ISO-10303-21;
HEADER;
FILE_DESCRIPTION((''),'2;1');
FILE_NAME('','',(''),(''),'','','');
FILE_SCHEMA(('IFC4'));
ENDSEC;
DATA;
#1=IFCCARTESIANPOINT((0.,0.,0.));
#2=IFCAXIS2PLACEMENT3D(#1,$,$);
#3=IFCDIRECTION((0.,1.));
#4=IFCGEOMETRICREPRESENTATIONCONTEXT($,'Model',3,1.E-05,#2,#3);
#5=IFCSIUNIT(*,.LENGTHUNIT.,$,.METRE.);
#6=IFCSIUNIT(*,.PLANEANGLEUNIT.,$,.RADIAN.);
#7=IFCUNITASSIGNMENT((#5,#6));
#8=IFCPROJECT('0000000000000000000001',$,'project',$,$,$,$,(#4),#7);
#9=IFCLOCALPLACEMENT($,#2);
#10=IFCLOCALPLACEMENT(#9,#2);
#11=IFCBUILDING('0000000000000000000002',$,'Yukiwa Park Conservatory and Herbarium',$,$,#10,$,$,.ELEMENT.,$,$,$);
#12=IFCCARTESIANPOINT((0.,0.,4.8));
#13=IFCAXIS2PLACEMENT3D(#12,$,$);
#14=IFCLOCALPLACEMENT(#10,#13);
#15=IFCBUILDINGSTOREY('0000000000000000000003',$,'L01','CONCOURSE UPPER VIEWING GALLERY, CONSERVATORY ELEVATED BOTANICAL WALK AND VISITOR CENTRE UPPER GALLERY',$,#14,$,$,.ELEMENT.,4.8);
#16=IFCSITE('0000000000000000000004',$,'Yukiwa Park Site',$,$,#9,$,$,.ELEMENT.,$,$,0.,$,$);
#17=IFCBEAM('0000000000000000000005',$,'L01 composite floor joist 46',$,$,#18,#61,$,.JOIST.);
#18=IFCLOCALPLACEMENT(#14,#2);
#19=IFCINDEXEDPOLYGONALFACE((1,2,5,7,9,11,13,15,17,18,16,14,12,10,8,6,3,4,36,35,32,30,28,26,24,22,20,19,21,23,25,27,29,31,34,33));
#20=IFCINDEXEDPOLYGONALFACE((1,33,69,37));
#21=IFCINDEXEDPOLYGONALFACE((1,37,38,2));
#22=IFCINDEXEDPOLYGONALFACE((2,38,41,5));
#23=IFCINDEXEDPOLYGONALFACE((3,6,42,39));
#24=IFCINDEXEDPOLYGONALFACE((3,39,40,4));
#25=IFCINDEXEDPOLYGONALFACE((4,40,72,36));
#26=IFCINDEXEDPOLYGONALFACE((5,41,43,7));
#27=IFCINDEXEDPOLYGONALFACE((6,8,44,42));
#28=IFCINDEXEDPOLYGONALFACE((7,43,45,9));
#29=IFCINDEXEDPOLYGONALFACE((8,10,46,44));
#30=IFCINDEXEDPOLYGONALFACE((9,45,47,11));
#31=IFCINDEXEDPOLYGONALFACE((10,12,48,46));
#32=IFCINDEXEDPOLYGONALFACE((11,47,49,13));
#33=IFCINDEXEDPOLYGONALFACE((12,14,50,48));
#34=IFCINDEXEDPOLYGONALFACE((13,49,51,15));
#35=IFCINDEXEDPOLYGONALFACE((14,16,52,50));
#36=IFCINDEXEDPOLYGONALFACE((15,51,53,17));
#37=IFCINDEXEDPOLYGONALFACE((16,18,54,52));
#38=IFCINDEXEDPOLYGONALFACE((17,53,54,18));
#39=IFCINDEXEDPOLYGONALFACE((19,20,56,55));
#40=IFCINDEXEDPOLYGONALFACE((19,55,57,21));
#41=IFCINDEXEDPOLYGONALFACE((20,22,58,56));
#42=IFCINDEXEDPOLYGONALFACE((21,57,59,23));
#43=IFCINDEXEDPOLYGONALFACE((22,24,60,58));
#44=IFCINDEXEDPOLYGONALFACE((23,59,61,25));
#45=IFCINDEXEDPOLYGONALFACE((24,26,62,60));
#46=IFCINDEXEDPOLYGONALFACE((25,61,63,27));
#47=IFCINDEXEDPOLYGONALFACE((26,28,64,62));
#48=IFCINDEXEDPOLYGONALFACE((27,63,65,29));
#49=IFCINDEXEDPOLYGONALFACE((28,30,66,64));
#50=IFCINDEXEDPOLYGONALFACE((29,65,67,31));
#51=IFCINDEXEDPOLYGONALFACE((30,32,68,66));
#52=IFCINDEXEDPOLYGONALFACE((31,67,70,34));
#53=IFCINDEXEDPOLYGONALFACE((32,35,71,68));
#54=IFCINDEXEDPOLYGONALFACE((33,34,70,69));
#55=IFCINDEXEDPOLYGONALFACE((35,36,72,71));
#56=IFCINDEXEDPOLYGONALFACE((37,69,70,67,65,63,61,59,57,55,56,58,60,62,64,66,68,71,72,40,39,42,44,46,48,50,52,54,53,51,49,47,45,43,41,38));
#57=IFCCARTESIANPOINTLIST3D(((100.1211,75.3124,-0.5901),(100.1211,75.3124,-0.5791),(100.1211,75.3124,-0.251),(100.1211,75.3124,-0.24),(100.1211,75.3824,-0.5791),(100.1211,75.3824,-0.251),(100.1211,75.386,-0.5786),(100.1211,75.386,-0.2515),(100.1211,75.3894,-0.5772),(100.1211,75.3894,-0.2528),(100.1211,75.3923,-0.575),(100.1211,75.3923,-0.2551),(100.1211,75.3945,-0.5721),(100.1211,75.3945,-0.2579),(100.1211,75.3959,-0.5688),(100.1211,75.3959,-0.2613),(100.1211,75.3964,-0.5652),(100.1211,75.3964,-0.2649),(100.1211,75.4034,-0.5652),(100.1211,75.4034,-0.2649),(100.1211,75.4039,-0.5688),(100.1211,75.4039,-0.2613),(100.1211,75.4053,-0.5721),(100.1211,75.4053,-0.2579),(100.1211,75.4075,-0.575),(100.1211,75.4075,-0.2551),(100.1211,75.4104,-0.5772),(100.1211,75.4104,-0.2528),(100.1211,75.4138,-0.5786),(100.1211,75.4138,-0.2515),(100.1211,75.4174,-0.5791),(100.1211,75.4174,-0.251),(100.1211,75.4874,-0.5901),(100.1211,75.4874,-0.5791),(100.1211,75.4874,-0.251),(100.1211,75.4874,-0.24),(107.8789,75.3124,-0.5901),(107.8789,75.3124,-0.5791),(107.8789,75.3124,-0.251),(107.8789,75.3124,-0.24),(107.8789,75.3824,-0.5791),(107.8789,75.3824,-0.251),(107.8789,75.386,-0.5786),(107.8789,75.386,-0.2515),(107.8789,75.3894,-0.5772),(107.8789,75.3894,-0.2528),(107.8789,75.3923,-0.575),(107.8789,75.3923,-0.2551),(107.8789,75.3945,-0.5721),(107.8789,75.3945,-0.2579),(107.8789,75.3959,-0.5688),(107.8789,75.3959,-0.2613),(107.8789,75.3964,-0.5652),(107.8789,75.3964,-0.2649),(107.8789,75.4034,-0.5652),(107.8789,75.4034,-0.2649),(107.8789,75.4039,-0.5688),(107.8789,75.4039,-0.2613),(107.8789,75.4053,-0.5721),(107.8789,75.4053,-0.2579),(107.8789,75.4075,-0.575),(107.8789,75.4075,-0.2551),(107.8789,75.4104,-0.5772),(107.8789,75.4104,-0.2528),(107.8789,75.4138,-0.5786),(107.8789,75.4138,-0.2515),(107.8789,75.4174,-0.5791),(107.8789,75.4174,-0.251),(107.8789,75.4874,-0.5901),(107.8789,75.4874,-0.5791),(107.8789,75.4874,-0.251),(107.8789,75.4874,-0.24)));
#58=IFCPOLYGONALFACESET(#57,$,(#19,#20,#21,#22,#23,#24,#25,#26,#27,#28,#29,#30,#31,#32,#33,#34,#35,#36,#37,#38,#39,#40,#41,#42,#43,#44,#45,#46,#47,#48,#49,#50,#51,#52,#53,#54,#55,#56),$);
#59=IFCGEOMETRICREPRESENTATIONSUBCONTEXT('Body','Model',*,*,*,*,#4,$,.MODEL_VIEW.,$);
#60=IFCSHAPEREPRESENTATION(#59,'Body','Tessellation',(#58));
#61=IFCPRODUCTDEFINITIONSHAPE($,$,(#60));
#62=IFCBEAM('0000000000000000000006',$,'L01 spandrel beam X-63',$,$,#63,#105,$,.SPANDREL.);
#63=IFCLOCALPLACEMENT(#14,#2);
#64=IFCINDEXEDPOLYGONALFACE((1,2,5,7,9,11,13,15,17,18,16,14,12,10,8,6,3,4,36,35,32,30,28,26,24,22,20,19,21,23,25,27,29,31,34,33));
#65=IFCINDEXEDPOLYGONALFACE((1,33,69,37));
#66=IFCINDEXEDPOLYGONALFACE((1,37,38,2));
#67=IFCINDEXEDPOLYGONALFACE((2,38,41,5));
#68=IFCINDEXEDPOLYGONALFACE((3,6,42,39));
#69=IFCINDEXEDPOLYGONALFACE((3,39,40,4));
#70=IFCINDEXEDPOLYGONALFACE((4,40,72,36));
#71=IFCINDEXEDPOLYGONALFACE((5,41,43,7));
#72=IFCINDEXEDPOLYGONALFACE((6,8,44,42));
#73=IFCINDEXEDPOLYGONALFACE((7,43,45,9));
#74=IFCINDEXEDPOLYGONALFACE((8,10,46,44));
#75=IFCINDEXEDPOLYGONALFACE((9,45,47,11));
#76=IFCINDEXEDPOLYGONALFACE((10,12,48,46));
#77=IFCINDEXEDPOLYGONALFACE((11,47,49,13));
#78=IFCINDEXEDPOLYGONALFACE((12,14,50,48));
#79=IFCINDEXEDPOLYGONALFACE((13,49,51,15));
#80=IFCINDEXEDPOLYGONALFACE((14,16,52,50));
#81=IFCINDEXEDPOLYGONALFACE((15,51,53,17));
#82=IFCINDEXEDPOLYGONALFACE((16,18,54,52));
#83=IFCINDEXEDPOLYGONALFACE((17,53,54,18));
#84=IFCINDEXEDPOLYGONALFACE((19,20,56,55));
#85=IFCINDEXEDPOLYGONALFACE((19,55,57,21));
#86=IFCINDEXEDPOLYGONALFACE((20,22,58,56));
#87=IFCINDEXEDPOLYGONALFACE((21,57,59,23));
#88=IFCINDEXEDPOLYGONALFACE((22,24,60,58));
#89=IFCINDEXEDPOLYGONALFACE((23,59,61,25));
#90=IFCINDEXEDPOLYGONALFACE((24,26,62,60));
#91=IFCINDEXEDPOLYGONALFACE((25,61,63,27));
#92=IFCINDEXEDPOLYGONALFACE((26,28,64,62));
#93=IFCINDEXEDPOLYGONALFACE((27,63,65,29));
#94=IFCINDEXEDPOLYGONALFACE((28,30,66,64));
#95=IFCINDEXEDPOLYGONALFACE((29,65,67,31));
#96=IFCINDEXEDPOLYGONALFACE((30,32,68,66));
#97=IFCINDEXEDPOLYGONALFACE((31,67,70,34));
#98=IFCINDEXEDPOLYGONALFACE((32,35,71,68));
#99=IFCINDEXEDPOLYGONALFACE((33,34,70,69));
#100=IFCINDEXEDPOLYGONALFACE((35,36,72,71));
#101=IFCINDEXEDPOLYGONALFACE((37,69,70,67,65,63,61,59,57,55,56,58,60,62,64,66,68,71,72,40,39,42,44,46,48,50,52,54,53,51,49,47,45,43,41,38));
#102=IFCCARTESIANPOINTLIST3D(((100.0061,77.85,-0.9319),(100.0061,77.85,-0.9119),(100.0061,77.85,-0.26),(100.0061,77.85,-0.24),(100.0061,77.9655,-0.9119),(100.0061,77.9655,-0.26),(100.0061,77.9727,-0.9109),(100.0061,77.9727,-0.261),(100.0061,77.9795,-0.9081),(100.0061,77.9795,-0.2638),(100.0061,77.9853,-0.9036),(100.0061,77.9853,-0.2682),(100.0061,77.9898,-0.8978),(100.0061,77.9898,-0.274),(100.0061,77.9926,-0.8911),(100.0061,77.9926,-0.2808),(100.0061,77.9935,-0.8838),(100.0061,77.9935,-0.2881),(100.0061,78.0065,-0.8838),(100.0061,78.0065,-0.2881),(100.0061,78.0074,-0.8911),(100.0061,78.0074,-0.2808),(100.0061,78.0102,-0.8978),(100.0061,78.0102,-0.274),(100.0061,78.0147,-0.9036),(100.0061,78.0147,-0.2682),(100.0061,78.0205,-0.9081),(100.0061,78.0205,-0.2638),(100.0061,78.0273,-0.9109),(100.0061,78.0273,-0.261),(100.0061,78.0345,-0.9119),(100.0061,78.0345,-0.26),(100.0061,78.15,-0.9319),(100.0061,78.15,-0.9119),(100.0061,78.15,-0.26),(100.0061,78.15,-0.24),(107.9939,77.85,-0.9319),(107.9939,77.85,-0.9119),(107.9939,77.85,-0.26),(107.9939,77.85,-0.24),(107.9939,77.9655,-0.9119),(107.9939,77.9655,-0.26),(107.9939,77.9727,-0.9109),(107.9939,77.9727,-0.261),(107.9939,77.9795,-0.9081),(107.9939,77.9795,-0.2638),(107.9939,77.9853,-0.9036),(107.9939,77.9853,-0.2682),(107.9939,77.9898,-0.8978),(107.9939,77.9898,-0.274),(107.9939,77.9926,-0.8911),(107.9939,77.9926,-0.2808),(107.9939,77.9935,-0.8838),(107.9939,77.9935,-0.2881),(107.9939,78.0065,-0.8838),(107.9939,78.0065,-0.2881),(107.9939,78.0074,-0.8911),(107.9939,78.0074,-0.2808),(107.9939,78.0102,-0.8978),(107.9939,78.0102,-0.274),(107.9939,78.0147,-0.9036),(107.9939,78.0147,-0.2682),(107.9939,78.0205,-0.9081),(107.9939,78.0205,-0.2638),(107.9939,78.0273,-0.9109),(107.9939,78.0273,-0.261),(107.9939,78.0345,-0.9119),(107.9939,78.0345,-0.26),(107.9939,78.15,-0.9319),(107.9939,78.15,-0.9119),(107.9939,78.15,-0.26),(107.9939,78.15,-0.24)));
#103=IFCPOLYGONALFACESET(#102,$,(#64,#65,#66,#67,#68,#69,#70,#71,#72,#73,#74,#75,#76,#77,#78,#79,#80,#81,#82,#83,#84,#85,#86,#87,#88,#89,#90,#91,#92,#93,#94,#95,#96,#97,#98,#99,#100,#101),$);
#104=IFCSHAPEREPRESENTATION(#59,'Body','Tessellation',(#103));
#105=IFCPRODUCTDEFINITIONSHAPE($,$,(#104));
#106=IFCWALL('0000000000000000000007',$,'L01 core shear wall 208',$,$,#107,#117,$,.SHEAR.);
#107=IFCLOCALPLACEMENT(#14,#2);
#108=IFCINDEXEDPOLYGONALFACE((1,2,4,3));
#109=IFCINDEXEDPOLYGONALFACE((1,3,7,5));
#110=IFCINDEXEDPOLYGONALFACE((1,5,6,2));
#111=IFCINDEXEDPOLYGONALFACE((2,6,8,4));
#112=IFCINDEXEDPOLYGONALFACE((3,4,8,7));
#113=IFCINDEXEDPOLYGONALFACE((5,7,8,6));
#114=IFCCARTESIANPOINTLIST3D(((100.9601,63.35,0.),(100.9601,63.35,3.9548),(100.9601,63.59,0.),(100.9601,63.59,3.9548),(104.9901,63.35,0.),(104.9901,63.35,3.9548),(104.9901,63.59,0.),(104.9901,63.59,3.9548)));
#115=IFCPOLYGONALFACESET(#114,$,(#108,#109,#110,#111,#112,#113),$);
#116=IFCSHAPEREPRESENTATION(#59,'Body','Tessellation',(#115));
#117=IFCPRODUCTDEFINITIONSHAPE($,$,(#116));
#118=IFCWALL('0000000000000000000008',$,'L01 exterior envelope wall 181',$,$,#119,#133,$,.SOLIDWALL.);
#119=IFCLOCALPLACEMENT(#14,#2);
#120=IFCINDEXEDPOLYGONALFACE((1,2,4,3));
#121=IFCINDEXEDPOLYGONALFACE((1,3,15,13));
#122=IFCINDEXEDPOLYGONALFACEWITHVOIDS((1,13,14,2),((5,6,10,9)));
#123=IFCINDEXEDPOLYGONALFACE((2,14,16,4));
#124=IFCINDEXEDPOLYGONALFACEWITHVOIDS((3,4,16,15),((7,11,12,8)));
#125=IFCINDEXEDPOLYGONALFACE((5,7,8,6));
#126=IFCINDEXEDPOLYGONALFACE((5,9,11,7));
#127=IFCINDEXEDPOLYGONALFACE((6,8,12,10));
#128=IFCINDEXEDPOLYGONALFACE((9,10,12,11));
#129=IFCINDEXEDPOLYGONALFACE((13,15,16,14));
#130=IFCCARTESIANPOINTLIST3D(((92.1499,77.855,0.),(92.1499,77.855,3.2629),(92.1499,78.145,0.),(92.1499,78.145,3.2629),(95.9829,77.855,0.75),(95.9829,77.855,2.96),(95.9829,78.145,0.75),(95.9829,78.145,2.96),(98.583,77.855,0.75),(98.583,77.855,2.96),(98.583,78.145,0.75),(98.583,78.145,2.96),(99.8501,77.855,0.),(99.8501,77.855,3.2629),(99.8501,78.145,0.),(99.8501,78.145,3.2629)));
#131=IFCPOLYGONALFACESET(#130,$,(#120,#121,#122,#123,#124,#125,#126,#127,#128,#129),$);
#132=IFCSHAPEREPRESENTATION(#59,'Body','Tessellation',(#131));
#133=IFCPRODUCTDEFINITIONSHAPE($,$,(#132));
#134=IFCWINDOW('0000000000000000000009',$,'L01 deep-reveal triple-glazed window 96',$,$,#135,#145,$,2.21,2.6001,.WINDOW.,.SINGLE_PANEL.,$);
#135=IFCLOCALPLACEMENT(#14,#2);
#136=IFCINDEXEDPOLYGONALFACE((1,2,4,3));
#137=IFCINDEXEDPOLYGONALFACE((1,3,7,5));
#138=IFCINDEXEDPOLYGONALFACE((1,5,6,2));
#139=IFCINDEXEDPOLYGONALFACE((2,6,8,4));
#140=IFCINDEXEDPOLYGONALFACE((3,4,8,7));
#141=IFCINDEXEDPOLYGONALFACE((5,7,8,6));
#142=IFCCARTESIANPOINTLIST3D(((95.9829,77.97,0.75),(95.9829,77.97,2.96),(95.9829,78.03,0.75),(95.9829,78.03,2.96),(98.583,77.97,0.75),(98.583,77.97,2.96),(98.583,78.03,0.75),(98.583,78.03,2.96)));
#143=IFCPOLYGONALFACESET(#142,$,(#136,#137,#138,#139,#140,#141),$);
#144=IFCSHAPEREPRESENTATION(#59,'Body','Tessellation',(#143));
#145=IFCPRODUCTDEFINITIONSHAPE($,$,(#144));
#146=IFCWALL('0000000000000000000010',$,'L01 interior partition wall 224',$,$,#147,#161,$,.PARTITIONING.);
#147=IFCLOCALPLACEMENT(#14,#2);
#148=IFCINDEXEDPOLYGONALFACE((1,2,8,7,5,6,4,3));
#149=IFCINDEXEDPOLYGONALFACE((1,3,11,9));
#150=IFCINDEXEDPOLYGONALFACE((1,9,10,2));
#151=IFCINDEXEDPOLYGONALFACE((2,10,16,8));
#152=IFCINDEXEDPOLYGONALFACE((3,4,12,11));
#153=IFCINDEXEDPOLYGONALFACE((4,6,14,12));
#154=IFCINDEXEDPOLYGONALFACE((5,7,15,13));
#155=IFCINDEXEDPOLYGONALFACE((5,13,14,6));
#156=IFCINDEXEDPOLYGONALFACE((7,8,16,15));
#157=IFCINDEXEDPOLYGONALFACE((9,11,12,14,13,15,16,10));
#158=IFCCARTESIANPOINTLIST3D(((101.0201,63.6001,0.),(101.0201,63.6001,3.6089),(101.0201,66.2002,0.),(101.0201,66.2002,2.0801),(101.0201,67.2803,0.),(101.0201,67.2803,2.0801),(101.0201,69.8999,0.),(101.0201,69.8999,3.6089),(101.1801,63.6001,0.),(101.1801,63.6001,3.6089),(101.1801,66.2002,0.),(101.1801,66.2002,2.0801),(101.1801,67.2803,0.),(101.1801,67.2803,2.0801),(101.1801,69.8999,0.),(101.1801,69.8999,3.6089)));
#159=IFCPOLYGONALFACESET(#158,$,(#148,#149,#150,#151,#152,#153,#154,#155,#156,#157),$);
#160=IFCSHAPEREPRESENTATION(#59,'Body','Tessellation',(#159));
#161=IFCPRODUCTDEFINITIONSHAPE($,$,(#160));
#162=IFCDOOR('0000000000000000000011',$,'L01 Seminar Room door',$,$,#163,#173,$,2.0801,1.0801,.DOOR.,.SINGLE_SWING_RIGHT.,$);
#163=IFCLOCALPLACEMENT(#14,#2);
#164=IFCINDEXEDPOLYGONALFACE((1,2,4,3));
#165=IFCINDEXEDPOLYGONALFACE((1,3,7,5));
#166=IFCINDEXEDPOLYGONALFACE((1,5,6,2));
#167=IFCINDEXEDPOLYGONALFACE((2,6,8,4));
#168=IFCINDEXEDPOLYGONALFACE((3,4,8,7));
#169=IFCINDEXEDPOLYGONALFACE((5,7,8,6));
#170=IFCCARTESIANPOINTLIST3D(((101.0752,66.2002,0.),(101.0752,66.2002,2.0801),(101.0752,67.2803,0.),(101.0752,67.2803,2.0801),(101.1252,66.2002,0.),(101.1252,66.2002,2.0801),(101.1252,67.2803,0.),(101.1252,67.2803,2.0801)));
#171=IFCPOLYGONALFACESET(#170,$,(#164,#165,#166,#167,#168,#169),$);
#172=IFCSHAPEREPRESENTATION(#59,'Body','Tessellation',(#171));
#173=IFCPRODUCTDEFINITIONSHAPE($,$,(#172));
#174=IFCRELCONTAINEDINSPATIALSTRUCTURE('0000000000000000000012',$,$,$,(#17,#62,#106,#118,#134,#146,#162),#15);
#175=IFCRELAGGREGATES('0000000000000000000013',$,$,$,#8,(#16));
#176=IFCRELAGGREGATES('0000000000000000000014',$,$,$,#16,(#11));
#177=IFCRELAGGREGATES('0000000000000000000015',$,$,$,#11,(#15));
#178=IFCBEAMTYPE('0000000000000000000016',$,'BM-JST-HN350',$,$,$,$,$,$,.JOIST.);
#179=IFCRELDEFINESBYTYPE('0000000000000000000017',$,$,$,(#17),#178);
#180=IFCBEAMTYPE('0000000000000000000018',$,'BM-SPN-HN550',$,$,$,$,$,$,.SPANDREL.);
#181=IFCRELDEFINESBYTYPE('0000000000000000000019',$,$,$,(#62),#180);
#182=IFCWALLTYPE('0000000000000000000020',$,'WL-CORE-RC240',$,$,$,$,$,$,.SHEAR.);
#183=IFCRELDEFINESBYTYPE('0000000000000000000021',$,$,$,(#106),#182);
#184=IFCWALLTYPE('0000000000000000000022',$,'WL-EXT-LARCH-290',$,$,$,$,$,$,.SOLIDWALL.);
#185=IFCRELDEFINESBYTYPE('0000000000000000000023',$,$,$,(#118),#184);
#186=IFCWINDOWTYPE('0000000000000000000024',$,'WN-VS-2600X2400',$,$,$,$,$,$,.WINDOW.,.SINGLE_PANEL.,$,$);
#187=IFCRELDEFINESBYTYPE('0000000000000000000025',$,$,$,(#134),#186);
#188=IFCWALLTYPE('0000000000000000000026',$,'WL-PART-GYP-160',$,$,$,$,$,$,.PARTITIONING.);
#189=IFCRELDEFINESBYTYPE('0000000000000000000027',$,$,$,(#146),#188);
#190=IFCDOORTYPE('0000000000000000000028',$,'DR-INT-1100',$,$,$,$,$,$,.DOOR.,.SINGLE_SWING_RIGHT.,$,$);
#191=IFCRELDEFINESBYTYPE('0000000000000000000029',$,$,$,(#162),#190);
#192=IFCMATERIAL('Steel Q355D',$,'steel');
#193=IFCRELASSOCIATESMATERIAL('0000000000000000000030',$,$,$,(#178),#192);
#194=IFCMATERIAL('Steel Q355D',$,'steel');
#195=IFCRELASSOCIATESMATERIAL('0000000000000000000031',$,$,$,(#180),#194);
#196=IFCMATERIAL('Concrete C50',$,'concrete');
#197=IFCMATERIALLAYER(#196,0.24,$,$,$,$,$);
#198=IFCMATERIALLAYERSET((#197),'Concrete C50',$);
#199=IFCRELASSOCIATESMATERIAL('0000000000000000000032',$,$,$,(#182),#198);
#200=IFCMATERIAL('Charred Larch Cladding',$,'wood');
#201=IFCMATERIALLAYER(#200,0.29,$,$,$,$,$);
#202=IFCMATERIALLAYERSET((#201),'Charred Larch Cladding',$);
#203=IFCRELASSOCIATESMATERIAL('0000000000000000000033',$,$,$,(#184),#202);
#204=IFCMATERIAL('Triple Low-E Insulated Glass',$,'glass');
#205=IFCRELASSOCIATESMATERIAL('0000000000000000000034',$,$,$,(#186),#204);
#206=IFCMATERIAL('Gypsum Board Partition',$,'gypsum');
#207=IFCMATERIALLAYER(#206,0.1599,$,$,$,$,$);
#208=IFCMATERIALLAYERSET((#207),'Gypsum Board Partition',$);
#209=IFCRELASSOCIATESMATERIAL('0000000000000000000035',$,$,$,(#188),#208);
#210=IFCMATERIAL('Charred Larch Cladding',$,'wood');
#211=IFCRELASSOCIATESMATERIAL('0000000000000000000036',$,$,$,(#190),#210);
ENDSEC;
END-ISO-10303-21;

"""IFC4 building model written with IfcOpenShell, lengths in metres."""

from ifc_helpers import new_model, si_unit, direction, frame, frame_2d, origin, origin_2d, place, context, subcontext, project, spatial, rectangle, i_section, extrude, material, layer, layer_set, material_profile, profile_set, type_object, element, fill, save


model = new_model("IFC4")

# Units and contexts
model_context = context("Model", 3, precision=1e-05, world=origin(), true_north=direction((0.0, 1.0)))
body_context = subcontext(model_context, "Body", "Model", "MODEL_VIEW")
ifc_project = project(units=[si_unit("LENGTHUNIT", "METRE"), si_unit("PLANEANGLEUNIT", "RADIAN")], contexts=[model_context])

# Site, building, storey
site_placement = place(None, origin())
site = spatial("IfcSite", under=ifc_project, at=site_placement, Name="Yukiwa Park Site", CompositionType="ELEMENT", RefElevation=0.0)
building_placement = place(site_placement, origin())
building = spatial("IfcBuilding", under=site, at=building_placement, Name="Yukiwa Park Conservatory and Herbarium", CompositionType="ELEMENT")
storey_placement = place(building_placement, frame((0.0, 0.0, 4.8)))
storey = spatial("IfcBuildingStorey", under=building, at=storey_placement, Name="L01", Description="CONCOURSE UPPER VIEWING GALLERY, CONSERVATORY ELEVATED BOTANICAL WALK AND VISITOR CENTRE UPPER GALLERY", CompositionType="ELEMENT", Elevation=4.8)

# Beams
ifc_material_1 = material(Name="Steel Q355D", Category="steel")
ifc_material_profile_1 = material_profile(ifc_material_1, i_section(OverallWidth=0.175, OverallDepth=0.3501, WebThickness=0.0071, FlangeThickness=0.011, FilletRadius=0.0139, at=origin_2d()), Name="HN 350x175x7x11")
ifc_profile_set_1 = profile_set([ifc_material_profile_1], Name="Steel Q355D")
beam_type_1 = type_object("IfcBeamType", Name="BM-JST-HN350", PredefinedType="JOIST", material=ifc_profile_set_1)
for number, where, z_axis, x_axis, name in (
    (1, (100.1211, 75.3999, -0.415), (1.0, 0.0, 0.0), (0.0, 1.0, 0.0), "L01 composite floor joist 46"),
):
    element("IfcBeam", number, at=place(storey_placement, frame(where, z_axis=z_axis, x_axis=x_axis)), inside=storey, type_object=beam_type_1, Name=name, PredefinedType="JOIST", context=body_context, shape_type="SweptSolid", body=[
        extrude(i_section(OverallWidth=0.175, OverallDepth=0.3501, WebThickness=0.0071, FlangeThickness=0.011, FilletRadius=0.0139, at=origin_2d()), origin(), (0.0, 0.0, 1.0), 7.7578),
    ])
ifc_material_2 = material(Name="Steel Q355D", Category="steel")
ifc_material_profile_2 = material_profile(ifc_material_2, i_section(OverallWidth=0.3, OverallDepth=0.6919, WebThickness=0.0129, FlangeThickness=0.02, FilletRadius=0.0281, at=origin_2d()), Name="HN 692x300x13x20")
ifc_profile_set_2 = profile_set([ifc_material_profile_2], Name="Steel Q355D")
beam_type_2 = type_object("IfcBeamType", Name="BM-SPN-HN550", PredefinedType="SPANDREL", material=ifc_profile_set_2)
beam_1_placement = place(storey_placement, frame((100.0061, 78.0, -0.5859), z_axis=(1.0, 0.0, 0.0), x_axis=(0.0, 1.0, 0.0)))
element("IfcBeam", 2, at=beam_1_placement, inside=storey, type_object=beam_type_2, Name="L01 spandrel beam X-63", PredefinedType="SPANDREL", context=body_context, shape_type="SweptSolid", body=[
    extrude(i_section(OverallWidth=0.3, OverallDepth=0.6919, WebThickness=0.0129, FlangeThickness=0.02, FilletRadius=0.0281, at=origin_2d()), origin(), (0.0, 0.0, 1.0), 7.9878),
])

# Wall
ifc_material_3 = material(Name="Concrete C50", Category="concrete")
ifc_layer_1 = layer(ifc_material_3, 0.24)
ifc_layer_set_1 = layer_set([ifc_layer_1], Name="Concrete C50")
wall_type_1 = type_object("IfcWallType", Name="WL-CORE-RC240", PredefinedType="SHEAR", material=ifc_layer_set_1)
wall_1_placement = place(storey_placement, frame((100.96, 63.47, 0.0), z_axis=(0.0, 0.0, 1.0), x_axis=(1.0, 0.0, 0.0)))
element("IfcWall", 3, at=wall_1_placement, inside=storey, type_object=wall_type_1, Name="L01 core shear wall 208", PredefinedType="SHEAR", context=body_context, shape_type="SweptSolid", body=[
    extrude(rectangle(XDim=4.03, YDim=0.24, at=frame_2d((2.0151, 0.0))), origin(), (0.0, 0.0, 1.0), 3.9548),
])

# Wall, opening, window
ifc_material_4 = material(Name="Charred Larch Cladding", Category="wood")
ifc_layer_2 = layer(ifc_material_4, 0.29)
ifc_layer_set_2 = layer_set([ifc_layer_2], Name="Charred Larch Cladding")
wall_type_2 = type_object("IfcWallType", Name="WL-EXT-LARCH-290", PredefinedType="SOLIDWALL", material=ifc_layer_set_2)
wall_2_placement = place(storey_placement, frame((99.8501, 78.0, 0.0), z_axis=(0.0, 0.0, 1.0), x_axis=(-1.0, 0.0, 0.0)))
wall_2 = element("IfcWall", 4, at=wall_2_placement, inside=storey, type_object=wall_type_2, Name="L01 exterior envelope wall 181", PredefinedType="SOLIDWALL", context=body_context, shape_type="SweptSolid", body=[
    extrude(rectangle(XDim=7.7002, YDim=0.29, at=frame_2d((3.8501, 0.0))), origin(), (0.0, 0.0, 1.0), 3.2629),
])
opening_1_placement = place(wall_2_placement, frame((1.2671, 0.0, 0.75)))
opening_1 = element("IfcOpeningElement", 5, at=opening_1_placement, cuts=wall_2, PredefinedType="OPENING", context=body_context, shape_type="SweptSolid", body=[
    extrude(rectangle(XDim=2.6001, YDim=2.21, at=frame_2d((1.3, 1.105))), frame((0.0, 0.155, 0.0), z_axis=(0.0, -1.0, 0.0), x_axis=(1.0, 0.0, 0.0)), (0.0, 0.0, 1.0), 0.3101),
])
ifc_material_5 = material(Name="Triple Low-E Insulated Glass", Category="glass")
window_type = type_object("IfcWindowType", Name="WN-VS-2600X2400", PartitioningType="SINGLE_PANEL", PredefinedType="WINDOW", material=ifc_material_5)
window_placement = place(opening_1_placement, origin())
window = element("IfcWindow", 6, at=window_placement, inside=storey, type_object=window_type, Name="L01 deep-reveal triple-glazed window 96", OverallHeight=2.21, OverallWidth=2.6001, PartitioningType="SINGLE_PANEL", PredefinedType="WINDOW", context=body_context, shape_type="SweptSolid", body=[
    extrude(rectangle(XDim=2.6001, YDim=2.21, at=frame_2d((1.3, 1.105))), frame((0.0, 0.03, 0.0), z_axis=(0.0, -1.0, 0.0), x_axis=(1.0, 0.0, 0.0)), (0.0, 0.0, 1.0), 0.0601),
])
fill(opening_1, window)

# Wall, opening, door
ifc_material_6 = material(Name="Gypsum Board Partition", Category="gypsum")
ifc_layer_3 = layer(ifc_material_6, 0.1599)
ifc_layer_set_3 = layer_set([ifc_layer_3], Name="Gypsum Board Partition")
wall_type_3 = type_object("IfcWallType", Name="WL-PART-GYP-160", PredefinedType="PARTITIONING", material=ifc_layer_set_3)
wall_3_placement = place(storey_placement, frame((101.1001, 63.6001, 0.0), z_axis=(0.0, 0.0, 1.0), x_axis=(0.0, 1.0, 0.0)))
wall_3 = element("IfcWall", 7, at=wall_3_placement, inside=storey, type_object=wall_type_3, Name="L01 interior partition wall 224", PredefinedType="PARTITIONING", context=body_context, shape_type="SweptSolid", body=[
    extrude(rectangle(XDim=6.2998, YDim=0.1599, at=frame_2d((3.1499, 0.0))), origin(), (0.0, 0.0, 1.0), 3.6089),
])
opening_2_placement = place(wall_3_placement, frame((2.6001, 0.0, 0.0)))
opening_2 = element("IfcOpeningElement", 8, at=opening_2_placement, cuts=wall_3, PredefinedType="OPENING", context=body_context, shape_type="SweptSolid", body=[
    extrude(rectangle(XDim=1.0801, YDim=2.0801, at=frame_2d((0.54, 1.04))), frame((0.0, 0.0898, 0.0), z_axis=(0.0, -1.0, 0.0), x_axis=(1.0, 0.0, 0.0)), (0.0, 0.0, 1.0), 0.1799),
])
ifc_material_7 = material(Name="Charred Larch Cladding", Category="wood")
door_type_1 = type_object("IfcDoorType", Name="DR-INT-1100", OperationType="SINGLE_SWING_RIGHT", PredefinedType="DOOR", material=ifc_material_7)
door_1_placement = place(opening_2_placement, origin())
door_1 = element("IfcDoor", 9, at=door_1_placement, inside=storey, type_object=door_type_1, Name="L01 Seminar Room door", OperationType="SINGLE_SWING_RIGHT", OverallHeight=2.0801, OverallWidth=1.0801, PredefinedType="DOOR", context=body_context, shape_type="SweptSolid", body=[
    extrude(rectangle(XDim=1.0801, YDim=2.0801, at=frame_2d((0.54, 1.04))), frame((0.0, 0.0249, 0.0), z_axis=(0.0, -1.0, 0.0), x_axis=(1.0, 0.0, 0.0)), (0.0, 0.0, 1.0), 0.05),
])
fill(opening_2, door_1)

save(model, "model.ifc")
